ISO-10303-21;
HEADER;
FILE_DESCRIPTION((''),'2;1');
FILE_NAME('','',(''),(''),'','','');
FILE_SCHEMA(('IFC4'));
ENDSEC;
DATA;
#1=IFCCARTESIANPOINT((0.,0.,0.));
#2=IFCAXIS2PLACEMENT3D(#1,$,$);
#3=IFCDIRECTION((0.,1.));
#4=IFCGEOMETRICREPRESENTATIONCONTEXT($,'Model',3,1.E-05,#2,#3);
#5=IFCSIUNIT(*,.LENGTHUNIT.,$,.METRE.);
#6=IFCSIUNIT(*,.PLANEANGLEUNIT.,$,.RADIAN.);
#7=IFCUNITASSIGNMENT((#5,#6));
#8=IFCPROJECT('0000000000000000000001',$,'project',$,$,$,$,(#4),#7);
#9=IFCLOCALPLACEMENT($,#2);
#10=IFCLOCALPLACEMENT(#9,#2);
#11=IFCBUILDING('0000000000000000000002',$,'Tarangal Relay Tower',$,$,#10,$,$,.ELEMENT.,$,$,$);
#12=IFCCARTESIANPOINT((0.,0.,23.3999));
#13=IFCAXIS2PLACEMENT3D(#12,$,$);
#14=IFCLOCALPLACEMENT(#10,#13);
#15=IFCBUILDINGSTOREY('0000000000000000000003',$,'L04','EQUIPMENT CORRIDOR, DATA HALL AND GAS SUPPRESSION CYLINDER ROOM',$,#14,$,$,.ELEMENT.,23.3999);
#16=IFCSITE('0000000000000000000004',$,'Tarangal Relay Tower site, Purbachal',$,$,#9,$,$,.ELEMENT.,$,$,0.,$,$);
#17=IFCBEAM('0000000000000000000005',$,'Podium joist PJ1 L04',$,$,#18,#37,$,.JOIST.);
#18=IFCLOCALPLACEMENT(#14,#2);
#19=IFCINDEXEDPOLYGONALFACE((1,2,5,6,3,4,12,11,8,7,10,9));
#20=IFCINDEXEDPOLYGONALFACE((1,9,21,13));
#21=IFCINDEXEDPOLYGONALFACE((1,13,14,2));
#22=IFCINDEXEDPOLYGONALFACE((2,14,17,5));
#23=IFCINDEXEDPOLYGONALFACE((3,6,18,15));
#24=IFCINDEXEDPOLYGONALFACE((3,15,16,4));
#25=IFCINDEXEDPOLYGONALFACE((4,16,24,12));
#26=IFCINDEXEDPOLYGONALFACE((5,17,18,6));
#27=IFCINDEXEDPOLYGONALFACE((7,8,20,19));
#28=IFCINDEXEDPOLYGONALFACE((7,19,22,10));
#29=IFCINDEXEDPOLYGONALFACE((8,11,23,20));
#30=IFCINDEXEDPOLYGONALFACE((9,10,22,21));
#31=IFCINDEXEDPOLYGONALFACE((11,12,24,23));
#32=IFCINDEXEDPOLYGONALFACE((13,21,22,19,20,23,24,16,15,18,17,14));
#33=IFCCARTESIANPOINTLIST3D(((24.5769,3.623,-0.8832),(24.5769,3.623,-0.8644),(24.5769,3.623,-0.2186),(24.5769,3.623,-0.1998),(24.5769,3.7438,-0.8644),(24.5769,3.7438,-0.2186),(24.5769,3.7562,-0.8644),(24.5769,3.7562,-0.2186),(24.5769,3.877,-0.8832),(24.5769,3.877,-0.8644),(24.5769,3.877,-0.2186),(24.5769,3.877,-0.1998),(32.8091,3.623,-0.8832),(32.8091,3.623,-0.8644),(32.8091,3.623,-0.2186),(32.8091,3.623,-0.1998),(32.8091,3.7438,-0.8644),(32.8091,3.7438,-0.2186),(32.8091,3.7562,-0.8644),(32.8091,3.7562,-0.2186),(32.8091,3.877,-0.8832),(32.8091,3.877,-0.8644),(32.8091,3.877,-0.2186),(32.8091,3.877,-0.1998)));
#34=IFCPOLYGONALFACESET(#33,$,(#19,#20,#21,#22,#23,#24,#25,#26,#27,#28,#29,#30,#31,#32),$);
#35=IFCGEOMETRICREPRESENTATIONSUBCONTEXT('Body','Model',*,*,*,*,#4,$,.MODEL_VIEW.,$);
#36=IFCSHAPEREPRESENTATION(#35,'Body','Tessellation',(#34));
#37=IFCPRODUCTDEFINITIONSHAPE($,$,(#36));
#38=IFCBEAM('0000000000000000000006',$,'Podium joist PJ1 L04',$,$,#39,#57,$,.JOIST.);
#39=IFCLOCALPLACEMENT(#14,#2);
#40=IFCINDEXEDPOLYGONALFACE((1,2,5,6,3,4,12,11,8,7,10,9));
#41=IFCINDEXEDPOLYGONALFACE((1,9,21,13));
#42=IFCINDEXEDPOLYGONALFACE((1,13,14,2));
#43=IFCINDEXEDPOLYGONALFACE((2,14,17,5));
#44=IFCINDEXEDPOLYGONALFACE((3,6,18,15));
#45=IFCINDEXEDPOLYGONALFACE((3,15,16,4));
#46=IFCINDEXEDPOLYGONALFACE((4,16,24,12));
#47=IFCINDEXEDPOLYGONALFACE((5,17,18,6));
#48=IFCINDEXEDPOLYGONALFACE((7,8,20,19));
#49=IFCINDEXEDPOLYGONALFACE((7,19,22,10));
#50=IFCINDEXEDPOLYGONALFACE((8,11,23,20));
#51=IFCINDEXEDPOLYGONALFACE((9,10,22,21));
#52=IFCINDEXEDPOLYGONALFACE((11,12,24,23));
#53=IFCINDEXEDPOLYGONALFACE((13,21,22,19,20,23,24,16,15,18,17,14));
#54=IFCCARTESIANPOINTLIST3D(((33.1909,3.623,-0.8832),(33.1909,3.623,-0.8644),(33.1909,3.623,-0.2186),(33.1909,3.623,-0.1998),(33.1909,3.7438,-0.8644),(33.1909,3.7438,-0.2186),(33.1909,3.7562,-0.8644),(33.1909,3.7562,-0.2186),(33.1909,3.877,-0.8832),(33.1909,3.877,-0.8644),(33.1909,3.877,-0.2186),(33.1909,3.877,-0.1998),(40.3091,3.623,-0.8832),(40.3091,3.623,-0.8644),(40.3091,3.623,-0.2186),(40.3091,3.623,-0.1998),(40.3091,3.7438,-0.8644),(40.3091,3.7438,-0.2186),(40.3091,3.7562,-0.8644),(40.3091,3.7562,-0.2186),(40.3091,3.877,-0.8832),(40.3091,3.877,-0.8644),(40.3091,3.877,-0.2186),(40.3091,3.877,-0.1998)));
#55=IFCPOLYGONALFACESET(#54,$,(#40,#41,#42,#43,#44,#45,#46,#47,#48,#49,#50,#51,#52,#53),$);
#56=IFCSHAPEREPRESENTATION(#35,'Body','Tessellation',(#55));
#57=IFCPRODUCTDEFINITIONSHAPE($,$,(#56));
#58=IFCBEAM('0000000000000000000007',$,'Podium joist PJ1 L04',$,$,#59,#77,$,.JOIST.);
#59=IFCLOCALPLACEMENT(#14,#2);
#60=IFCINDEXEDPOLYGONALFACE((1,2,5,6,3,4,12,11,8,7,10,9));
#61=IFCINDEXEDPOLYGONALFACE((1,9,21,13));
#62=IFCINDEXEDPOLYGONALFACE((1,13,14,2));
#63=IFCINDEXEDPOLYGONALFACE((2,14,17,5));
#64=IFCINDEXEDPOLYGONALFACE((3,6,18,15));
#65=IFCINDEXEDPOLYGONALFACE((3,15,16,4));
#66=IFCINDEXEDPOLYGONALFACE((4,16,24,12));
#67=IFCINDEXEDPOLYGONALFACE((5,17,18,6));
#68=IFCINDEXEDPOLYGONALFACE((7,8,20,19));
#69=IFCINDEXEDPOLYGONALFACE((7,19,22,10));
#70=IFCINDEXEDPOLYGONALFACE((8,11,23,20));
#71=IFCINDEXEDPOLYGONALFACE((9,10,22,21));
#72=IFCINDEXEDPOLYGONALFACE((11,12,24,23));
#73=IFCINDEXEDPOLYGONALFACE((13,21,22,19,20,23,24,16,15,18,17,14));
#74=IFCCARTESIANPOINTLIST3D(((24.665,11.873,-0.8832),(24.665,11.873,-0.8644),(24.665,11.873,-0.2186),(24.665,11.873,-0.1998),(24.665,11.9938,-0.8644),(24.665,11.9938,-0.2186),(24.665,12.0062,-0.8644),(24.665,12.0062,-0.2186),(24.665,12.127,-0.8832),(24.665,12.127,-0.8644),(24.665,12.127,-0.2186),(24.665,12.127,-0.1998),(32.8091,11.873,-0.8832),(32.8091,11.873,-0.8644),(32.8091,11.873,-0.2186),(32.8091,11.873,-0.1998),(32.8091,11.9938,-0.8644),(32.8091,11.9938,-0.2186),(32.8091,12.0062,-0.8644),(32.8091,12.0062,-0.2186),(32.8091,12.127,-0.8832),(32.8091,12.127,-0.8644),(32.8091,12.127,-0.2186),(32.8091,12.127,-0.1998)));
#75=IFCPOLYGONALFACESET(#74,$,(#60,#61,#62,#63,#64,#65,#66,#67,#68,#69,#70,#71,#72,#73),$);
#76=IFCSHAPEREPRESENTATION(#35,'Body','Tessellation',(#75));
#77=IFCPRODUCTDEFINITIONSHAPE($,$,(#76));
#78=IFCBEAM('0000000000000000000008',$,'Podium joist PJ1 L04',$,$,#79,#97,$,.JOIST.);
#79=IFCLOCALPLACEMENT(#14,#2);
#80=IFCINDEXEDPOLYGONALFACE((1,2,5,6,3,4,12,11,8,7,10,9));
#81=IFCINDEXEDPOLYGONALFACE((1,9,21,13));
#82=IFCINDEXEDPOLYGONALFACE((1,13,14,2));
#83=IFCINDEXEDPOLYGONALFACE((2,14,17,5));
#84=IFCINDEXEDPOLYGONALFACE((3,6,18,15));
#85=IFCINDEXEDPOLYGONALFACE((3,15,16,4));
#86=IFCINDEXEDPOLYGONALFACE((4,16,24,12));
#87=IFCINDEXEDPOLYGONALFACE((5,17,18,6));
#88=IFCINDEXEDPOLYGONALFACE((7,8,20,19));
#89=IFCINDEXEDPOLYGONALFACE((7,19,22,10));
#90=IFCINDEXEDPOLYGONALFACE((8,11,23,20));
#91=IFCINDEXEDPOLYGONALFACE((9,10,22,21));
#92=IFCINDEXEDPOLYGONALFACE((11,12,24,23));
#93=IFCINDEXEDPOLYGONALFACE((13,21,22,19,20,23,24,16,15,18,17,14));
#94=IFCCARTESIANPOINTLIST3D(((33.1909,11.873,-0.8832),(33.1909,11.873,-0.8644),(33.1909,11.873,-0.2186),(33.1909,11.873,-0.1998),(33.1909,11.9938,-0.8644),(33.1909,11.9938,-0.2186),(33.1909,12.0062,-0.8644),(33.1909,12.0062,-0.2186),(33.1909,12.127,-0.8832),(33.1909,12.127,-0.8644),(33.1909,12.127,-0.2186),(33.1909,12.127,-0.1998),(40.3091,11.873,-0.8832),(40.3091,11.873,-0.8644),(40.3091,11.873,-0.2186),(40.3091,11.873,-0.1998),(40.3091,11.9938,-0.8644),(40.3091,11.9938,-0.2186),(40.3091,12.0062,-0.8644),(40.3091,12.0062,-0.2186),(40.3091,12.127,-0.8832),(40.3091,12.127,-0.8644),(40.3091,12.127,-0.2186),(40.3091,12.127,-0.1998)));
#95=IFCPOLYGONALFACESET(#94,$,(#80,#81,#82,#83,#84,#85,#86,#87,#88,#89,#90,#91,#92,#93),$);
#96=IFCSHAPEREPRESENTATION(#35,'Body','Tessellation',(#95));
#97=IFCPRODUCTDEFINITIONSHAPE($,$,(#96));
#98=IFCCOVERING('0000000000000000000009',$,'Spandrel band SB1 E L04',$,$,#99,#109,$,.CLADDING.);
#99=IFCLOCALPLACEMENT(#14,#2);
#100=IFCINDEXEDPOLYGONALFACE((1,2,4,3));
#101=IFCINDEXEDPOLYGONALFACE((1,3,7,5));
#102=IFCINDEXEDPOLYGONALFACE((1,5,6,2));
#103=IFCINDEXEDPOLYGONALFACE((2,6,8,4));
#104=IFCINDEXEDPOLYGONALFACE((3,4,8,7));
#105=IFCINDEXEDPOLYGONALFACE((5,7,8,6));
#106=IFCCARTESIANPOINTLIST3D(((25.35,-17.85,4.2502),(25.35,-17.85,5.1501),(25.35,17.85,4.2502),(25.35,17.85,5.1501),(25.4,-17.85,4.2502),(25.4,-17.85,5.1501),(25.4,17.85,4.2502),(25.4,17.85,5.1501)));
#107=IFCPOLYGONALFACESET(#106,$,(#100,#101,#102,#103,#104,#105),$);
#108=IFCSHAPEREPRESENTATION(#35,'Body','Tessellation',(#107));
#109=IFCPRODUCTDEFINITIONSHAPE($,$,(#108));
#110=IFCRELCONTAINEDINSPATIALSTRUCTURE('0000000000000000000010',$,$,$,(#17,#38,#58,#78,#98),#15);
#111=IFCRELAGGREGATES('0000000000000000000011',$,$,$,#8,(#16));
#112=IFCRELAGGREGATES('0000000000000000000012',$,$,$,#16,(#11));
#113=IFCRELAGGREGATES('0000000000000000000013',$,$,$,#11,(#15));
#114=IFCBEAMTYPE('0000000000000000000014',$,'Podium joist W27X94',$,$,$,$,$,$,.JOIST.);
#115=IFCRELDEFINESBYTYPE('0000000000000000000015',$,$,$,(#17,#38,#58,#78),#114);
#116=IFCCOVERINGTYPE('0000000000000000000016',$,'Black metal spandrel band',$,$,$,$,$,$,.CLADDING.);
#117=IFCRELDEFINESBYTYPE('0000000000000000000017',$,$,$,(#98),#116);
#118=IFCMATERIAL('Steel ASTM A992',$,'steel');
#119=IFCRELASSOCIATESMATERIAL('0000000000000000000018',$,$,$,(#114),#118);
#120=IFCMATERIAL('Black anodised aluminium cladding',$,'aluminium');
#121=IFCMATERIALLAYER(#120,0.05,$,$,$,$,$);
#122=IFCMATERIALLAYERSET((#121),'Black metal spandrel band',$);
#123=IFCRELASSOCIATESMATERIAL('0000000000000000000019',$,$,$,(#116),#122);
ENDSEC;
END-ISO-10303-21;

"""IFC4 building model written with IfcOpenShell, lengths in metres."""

from ifc_helpers import new_model, si_unit, direction, frame, origin, origin_2d, place, context, subcontext, project, spatial, rectangle, i_section, extrude, material, layer, layer_set, material_profile, profile_set, type_object, element, save


model = new_model("IFC4")

# Units and contexts
model_context = context("Model", 3, precision=1e-05, world=origin(), true_north=direction((0.0, 1.0)))
body_context = subcontext(model_context, "Body", "Model", "MODEL_VIEW")
ifc_project = project(units=[si_unit("LENGTHUNIT", "METRE"), si_unit("PLANEANGLEUNIT", "RADIAN")], contexts=[model_context])

# Site, building, storey
site_placement = place(None, origin())
site = spatial("IfcSite", under=ifc_project, at=site_placement, Name="Tarangal Relay Tower site, Purbachal", CompositionType="ELEMENT", RefElevation=0.0)
building_placement = place(site_placement, origin())
building = spatial("IfcBuilding", under=site, at=building_placement, Name="Tarangal Relay Tower", CompositionType="ELEMENT")
storey_placement = place(building_placement, frame((0.0, 0.0, 23.3999)))
storey = spatial("IfcBuildingStorey", under=building, at=storey_placement, Name="L04", Description="EQUIPMENT CORRIDOR, DATA HALL AND GAS SUPPRESSION CYLINDER ROOM", CompositionType="ELEMENT", Elevation=23.3999)

# Beams
ifc_material_1 = material(Name="Steel ASTM A992", Category="steel")
ifc_material_profile_1 = material_profile(ifc_material_1, i_section(OverallWidth=0.2539, OverallDepth=0.6833, WebThickness=0.0125, FlangeThickness=0.0188, at=origin_2d()), Name="W27X94")
ifc_profile_set_1 = profile_set([ifc_material_profile_1], Name="Steel ASTM A992")
beam_type_1 = type_object("IfcBeamType", Name="Podium joist W27X94", PredefinedType="JOIST", material=ifc_profile_set_1)
beam_1_placement = place(storey_placement, frame((24.5769, 3.75, -0.5415), z_axis=(1.0, 0.0, 0.0), x_axis=(0.0, 1.0, 0.0)))
element("IfcBeam", 1, at=beam_1_placement, inside=storey, type_object=beam_type_1, Name="Podium joist PJ1 L04", PredefinedType="JOIST", context=body_context, shape_type="SweptSolid", body=[
    extrude(i_section(OverallWidth=0.2539, OverallDepth=0.6833, WebThickness=0.0125, FlangeThickness=0.0188, at=origin_2d()), origin(), (0.0, 0.0, 1.0), 8.2322),
])
beam_2_placement = place(storey_placement, frame((33.1909, 3.75, -0.5415), z_axis=(1.0, 0.0, 0.0), x_axis=(0.0, 1.0, 0.0)))
element("IfcBeam", 2, at=beam_2_placement, inside=storey, type_object=beam_type_1, Name="Podium joist PJ1 L04", PredefinedType="JOIST", context=body_context, shape_type="SweptSolid", body=[
    extrude(i_section(OverallWidth=0.2539, OverallDepth=0.6833, WebThickness=0.0125, FlangeThickness=0.0188, at=origin_2d()), origin(), (0.0, 0.0, 1.0), 7.1182),
])
beam_3_placement = place(storey_placement, frame((24.665, 12.0, -0.5415), z_axis=(1.0, 0.0, 0.0), x_axis=(0.0, 1.0, 0.0)))
element("IfcBeam", 3, at=beam_3_placement, inside=storey, type_object=beam_type_1, Name="Podium joist PJ1 L04", PredefinedType="JOIST", context=body_context, shape_type="SweptSolid", body=[
    extrude(i_section(OverallWidth=0.2539, OverallDepth=0.6833, WebThickness=0.0125, FlangeThickness=0.0188, at=origin_2d()), origin(), (0.0, 0.0, 1.0), 8.144),
])
beam_4_placement = place(storey_placement, frame((33.1909, 12.0, -0.5415), z_axis=(1.0, 0.0, 0.0), x_axis=(0.0, 1.0, 0.0)))
element("IfcBeam", 4, at=beam_4_placement, inside=storey, type_object=beam_type_1, Name="Podium joist PJ1 L04", PredefinedType="JOIST", context=body_context, shape_type="SweptSolid", body=[
    extrude(i_section(OverallWidth=0.2539, OverallDepth=0.6833, WebThickness=0.0125, FlangeThickness=0.0188, at=origin_2d()), origin(), (0.0, 0.0, 1.0), 7.1182),
])

# Covering
ifc_material_2 = material(Name="Black anodised aluminium cladding", Category="aluminium")
ifc_layer = layer(ifc_material_2, 0.05)
ifc_layer_set = layer_set([ifc_layer], Name="Black metal spandrel band")
covering_type = type_object("IfcCoveringType", Name="Black metal spandrel band", PredefinedType="CLADDING", material=ifc_layer_set)
covering_placement = place(storey_placement, frame((25.375, 0.0, 4.2502), z_axis=(0.0, 0.0, 1.0), x_axis=(0.0, -1.0, 0.0)))
element("IfcCovering", 5, at=covering_placement, inside=storey, type_object=covering_type, Name="Spandrel band SB1 E L04", PredefinedType="CLADDING", context=body_context, shape_type="SweptSolid", body=[
    extrude(rectangle(XDim=35.7, YDim=0.05, at=origin_2d()), origin(), (0.0, 0.0, 1.0), 0.8999),
])

save(model, "model.ifc")
